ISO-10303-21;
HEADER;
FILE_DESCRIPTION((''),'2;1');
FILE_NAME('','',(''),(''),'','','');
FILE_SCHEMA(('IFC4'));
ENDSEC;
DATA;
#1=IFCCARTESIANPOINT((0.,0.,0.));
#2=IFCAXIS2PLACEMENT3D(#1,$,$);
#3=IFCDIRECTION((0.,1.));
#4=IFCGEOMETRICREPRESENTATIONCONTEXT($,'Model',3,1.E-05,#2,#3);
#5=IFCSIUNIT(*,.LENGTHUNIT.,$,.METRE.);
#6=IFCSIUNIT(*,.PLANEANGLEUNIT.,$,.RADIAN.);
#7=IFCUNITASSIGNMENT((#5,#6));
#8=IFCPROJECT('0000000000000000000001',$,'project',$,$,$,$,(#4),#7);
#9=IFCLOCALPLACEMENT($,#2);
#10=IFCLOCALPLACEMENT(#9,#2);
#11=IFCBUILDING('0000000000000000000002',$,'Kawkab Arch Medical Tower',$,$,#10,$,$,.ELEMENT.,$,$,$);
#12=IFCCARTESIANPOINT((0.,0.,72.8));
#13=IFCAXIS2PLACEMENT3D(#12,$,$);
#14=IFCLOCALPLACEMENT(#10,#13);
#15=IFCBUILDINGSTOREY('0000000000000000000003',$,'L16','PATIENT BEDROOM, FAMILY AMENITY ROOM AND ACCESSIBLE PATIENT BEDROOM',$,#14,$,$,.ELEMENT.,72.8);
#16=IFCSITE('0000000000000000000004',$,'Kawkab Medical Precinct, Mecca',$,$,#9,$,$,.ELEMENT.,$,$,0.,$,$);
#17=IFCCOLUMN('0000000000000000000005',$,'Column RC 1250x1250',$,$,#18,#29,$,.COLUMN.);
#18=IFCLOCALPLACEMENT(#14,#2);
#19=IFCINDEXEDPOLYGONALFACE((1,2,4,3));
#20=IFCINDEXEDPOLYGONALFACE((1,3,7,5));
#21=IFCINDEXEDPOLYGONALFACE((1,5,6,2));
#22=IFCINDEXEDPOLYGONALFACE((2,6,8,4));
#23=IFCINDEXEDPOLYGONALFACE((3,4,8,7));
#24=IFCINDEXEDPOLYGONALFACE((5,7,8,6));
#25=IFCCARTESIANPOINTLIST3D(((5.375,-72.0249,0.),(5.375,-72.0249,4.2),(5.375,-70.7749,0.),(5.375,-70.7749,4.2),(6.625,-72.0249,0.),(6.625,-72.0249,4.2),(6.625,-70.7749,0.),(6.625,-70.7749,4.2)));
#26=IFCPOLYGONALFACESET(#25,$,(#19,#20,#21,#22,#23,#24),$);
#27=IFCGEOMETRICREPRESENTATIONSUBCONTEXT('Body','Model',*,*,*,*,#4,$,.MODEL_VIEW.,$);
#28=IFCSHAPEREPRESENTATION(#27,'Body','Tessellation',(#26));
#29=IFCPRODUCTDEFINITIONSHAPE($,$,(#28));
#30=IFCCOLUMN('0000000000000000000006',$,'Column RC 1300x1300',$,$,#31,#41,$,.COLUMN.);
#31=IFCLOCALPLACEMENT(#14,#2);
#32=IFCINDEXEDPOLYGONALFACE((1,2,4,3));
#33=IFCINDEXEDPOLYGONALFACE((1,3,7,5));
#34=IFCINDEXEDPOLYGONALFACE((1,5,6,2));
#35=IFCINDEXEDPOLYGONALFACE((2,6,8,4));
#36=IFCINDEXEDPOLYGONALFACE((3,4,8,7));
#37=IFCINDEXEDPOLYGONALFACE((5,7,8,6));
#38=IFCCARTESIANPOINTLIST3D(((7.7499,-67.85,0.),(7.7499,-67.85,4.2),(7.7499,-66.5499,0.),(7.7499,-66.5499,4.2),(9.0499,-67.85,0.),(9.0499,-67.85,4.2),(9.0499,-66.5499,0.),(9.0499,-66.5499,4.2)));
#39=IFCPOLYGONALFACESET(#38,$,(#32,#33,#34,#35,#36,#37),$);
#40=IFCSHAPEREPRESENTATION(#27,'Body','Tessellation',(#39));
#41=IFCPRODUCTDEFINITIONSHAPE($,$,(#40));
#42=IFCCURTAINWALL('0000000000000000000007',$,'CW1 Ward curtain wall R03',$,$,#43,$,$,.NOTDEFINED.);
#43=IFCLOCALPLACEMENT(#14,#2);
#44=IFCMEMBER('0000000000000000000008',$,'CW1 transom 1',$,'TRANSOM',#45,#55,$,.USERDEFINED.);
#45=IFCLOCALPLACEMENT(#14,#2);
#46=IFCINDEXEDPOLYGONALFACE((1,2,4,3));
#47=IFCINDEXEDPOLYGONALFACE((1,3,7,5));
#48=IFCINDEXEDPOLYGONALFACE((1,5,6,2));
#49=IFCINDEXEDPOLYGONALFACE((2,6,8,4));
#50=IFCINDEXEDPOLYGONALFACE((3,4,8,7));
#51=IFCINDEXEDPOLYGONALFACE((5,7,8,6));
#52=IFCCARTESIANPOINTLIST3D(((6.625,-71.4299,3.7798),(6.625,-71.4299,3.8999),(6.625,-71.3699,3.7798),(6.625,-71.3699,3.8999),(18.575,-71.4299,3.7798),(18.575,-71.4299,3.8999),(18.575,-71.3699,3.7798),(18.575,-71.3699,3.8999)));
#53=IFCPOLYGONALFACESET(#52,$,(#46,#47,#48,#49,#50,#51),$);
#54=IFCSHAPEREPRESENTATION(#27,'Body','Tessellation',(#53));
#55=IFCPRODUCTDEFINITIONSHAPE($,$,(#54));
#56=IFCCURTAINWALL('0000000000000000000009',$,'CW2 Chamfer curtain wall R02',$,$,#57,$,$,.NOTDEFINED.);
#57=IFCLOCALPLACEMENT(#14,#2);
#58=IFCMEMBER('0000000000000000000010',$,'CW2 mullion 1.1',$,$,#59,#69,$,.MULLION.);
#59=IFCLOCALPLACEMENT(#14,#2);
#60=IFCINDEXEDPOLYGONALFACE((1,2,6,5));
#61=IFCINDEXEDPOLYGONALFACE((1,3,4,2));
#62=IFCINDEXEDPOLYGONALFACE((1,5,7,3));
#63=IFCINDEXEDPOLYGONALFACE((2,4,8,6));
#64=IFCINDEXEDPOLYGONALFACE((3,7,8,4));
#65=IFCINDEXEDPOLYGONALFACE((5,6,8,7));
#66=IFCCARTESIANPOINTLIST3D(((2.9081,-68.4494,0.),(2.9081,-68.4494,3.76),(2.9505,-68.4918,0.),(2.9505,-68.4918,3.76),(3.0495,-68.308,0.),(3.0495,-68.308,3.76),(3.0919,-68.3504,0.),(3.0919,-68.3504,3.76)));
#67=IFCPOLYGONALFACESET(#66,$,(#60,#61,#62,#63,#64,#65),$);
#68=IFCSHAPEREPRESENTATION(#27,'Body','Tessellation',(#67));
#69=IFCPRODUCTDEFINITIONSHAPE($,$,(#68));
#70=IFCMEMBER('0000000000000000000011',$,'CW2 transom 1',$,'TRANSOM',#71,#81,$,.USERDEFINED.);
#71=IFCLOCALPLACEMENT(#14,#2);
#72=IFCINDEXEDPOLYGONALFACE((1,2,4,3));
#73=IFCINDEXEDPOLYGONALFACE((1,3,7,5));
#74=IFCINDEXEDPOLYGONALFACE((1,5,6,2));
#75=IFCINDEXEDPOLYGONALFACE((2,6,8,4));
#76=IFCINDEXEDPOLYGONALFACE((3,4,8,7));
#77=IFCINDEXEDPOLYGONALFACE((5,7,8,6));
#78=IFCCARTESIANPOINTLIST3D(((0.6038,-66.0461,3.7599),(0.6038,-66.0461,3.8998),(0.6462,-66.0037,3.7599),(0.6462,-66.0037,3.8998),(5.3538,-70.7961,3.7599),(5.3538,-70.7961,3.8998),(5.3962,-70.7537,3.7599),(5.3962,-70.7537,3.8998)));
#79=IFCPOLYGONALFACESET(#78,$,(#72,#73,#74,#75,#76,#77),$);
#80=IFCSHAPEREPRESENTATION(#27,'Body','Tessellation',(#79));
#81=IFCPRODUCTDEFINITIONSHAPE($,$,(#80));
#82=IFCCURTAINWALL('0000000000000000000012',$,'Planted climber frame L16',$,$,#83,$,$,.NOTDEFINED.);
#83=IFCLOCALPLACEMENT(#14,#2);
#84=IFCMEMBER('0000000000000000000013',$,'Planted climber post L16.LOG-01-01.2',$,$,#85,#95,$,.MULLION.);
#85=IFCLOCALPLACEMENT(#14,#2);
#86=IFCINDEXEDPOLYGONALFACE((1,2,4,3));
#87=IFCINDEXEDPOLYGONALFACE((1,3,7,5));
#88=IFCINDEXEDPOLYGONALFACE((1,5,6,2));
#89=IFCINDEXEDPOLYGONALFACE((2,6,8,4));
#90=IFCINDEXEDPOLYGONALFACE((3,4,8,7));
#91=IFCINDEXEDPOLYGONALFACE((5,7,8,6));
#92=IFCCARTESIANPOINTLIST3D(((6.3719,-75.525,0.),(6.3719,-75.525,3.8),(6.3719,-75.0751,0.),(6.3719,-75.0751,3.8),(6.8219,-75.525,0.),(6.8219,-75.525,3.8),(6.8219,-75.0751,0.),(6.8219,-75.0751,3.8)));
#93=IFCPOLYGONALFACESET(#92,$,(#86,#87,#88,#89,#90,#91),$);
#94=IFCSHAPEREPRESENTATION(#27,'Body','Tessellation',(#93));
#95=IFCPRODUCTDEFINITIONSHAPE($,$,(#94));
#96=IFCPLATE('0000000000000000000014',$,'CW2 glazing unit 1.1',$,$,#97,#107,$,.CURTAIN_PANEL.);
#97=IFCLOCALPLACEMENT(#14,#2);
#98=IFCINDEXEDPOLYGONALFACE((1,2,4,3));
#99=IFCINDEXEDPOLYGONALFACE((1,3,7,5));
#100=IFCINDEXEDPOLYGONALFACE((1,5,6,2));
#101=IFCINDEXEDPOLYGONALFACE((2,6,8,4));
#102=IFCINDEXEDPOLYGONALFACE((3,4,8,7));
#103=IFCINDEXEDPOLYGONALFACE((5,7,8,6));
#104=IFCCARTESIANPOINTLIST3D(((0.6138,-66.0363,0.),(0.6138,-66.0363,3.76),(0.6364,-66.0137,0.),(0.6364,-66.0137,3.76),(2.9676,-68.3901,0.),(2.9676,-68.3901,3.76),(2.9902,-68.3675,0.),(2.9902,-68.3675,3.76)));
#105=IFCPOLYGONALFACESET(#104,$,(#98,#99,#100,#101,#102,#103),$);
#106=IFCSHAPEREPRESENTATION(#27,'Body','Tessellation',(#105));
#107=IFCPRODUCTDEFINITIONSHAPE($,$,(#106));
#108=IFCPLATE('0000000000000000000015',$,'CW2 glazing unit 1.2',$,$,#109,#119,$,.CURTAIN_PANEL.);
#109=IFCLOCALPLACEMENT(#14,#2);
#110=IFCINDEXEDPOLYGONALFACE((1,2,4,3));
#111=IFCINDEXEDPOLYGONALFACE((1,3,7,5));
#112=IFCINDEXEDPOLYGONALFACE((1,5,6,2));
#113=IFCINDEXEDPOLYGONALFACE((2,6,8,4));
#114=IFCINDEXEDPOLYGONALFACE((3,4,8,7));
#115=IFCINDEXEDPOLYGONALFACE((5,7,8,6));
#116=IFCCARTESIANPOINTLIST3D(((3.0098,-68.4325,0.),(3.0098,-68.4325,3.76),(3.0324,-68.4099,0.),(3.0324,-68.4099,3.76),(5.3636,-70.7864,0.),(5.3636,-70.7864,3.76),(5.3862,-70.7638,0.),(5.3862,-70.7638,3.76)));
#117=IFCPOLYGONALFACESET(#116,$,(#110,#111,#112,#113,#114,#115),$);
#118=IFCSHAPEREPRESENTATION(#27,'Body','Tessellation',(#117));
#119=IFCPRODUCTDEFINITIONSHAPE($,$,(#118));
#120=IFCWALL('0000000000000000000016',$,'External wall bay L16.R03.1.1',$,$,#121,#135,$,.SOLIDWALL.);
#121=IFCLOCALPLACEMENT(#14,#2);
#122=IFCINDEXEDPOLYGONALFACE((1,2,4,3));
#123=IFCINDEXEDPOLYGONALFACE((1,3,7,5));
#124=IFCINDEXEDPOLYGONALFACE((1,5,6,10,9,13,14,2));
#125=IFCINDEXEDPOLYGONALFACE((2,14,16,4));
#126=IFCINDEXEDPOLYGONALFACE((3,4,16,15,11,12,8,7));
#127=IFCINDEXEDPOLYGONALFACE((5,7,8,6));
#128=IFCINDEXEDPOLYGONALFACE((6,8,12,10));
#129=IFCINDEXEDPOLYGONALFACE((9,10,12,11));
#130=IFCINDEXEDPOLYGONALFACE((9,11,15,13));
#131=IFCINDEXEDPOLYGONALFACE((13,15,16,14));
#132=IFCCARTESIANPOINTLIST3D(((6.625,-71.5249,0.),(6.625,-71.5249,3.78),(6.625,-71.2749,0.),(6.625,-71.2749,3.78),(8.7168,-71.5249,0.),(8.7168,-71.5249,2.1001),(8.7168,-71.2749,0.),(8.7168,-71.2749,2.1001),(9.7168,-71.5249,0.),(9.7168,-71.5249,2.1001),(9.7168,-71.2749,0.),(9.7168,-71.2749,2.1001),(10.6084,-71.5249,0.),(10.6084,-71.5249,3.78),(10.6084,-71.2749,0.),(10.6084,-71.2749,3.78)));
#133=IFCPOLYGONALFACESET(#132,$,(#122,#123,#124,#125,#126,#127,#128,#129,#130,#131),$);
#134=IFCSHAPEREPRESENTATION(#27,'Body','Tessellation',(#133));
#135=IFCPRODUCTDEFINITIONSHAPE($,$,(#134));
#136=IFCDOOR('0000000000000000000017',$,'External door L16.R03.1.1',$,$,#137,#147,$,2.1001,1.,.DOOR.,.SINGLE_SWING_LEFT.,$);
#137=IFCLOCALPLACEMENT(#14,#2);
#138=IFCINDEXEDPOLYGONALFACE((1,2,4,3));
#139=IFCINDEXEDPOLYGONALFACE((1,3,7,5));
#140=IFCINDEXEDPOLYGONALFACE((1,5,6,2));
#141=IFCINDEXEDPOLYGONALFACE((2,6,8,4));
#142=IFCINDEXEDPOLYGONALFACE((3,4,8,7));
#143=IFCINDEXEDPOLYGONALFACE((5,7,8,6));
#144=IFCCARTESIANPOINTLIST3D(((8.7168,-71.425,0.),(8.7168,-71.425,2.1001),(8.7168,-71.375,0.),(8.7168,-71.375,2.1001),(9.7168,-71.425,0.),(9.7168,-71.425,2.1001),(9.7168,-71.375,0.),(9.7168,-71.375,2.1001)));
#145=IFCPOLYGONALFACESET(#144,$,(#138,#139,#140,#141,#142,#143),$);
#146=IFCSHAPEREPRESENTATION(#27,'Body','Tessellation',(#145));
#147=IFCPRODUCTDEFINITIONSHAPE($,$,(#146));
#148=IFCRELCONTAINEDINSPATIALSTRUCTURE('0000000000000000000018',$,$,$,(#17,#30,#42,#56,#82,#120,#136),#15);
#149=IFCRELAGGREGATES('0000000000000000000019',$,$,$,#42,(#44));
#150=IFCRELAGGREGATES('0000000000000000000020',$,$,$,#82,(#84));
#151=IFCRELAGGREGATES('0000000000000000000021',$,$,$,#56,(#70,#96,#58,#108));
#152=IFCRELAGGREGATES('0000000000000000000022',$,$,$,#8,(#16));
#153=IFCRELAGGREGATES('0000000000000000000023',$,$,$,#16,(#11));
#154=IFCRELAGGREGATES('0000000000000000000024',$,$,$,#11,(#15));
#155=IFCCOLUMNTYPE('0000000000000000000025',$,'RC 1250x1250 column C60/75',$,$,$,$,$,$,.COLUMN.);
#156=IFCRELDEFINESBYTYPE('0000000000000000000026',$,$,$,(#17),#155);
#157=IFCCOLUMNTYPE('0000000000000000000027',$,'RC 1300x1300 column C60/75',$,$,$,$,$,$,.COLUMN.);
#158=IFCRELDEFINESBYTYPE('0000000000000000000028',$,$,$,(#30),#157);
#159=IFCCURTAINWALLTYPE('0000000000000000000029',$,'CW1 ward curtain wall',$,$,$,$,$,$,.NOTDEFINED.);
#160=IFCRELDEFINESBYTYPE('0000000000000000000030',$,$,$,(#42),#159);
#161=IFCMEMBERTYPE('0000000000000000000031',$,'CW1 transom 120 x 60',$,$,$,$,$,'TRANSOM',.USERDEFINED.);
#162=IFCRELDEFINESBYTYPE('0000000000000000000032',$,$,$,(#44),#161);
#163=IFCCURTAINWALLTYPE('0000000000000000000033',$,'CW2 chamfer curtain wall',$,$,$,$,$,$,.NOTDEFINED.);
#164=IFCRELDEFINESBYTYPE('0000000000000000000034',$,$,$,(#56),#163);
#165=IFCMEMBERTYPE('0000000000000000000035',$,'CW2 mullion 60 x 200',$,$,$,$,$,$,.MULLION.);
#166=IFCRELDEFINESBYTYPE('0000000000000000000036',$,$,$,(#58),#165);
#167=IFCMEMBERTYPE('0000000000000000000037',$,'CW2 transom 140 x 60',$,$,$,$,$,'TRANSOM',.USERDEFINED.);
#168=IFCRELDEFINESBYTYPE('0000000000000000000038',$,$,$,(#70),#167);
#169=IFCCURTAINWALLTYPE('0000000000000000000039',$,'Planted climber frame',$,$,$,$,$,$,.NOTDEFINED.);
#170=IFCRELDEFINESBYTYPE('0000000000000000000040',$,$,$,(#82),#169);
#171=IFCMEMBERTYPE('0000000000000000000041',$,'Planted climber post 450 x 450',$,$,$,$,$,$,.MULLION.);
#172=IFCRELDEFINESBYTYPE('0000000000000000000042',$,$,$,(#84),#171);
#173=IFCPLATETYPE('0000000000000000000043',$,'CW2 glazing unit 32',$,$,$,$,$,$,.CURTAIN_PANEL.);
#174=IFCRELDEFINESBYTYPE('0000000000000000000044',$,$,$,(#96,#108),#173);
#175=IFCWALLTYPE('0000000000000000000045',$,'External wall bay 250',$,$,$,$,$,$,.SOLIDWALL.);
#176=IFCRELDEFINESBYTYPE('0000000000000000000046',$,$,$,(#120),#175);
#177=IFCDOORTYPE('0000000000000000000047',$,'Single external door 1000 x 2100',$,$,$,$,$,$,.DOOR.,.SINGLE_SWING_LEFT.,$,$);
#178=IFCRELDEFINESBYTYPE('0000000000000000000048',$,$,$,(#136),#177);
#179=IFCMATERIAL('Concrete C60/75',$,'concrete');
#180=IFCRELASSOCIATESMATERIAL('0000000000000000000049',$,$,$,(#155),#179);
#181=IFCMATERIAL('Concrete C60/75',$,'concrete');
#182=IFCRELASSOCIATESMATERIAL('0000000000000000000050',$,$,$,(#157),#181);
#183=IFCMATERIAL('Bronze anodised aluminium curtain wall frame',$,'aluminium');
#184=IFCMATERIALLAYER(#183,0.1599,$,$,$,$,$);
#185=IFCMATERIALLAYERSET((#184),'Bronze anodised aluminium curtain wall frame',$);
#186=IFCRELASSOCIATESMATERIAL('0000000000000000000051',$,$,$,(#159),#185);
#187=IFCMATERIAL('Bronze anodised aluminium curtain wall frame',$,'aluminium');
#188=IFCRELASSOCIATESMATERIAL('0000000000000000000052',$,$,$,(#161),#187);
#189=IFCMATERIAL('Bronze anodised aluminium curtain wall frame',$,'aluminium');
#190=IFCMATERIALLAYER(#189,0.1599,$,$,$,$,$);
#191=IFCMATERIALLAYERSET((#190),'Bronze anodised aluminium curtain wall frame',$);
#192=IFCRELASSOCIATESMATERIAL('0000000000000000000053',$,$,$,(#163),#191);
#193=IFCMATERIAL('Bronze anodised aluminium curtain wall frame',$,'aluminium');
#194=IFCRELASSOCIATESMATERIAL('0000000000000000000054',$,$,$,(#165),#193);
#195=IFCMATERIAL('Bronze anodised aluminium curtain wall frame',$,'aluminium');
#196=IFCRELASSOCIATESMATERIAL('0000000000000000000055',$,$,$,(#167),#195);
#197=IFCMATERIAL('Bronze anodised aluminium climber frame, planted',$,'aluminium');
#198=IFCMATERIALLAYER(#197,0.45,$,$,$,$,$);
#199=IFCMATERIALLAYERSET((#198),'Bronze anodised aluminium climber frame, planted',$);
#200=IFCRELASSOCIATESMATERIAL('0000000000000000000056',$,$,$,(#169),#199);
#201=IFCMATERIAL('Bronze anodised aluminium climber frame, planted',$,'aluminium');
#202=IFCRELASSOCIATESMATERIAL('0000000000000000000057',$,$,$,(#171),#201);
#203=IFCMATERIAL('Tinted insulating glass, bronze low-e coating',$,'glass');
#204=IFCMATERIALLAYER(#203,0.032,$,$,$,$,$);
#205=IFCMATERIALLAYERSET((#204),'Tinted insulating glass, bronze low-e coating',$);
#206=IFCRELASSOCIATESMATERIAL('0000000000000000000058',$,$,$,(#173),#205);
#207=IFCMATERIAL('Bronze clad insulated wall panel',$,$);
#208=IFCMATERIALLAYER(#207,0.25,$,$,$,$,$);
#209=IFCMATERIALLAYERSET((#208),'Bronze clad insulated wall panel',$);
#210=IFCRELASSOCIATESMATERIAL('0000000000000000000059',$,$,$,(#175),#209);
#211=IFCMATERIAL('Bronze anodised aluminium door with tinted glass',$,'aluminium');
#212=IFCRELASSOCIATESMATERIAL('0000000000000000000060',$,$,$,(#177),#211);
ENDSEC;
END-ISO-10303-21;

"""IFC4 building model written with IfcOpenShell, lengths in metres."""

from ifc_helpers import new_model, si_unit, direction, frame, frame_2d, origin, origin_2d, place, context, subcontext, project, spatial, rectangle, extrude, material, layer, layer_set, material_profile, profile_set, type_object, element, fill, aggregate, save


model = new_model("IFC4")

# Units and contexts
model_context = context("Model", 3, precision=1e-05, world=origin(), true_north=direction((0.0, 1.0)))
body_context = subcontext(model_context, "Body", "Model", "MODEL_VIEW")
ifc_project = project(units=[si_unit("LENGTHUNIT", "METRE"), si_unit("PLANEANGLEUNIT", "RADIAN")], contexts=[model_context])

# Site, building, storey
site_placement = place(None, origin())
site = spatial("IfcSite", under=ifc_project, at=site_placement, Name="Kawkab Medical Precinct, Mecca", CompositionType="ELEMENT", RefElevation=0.0)
building_placement = place(site_placement, origin())
building = spatial("IfcBuilding", under=site, at=building_placement, Name="Kawkab Arch Medical Tower", CompositionType="ELEMENT")
storey_placement = place(building_placement, frame((0.0, 0.0, 72.8)))
storey = spatial("IfcBuildingStorey", under=building, at=storey_placement, Name="L16", Description="PATIENT BEDROOM, FAMILY AMENITY ROOM AND ACCESSIBLE PATIENT BEDROOM", CompositionType="ELEMENT", Elevation=72.8)

# Columns
ifc_material_1 = material(Name="Concrete C60/75", Category="concrete")
ifc_material_profile_1 = material_profile(ifc_material_1, rectangle(XDim=1.25, YDim=1.25, at=origin_2d()), Name="RC 1250x1250")
ifc_profile_set_1 = profile_set([ifc_material_profile_1], Name="Concrete C60/75")
column_type_1 = type_object("IfcColumnType", Name="RC 1250x1250 column C60/75", PredefinedType="COLUMN", material=ifc_profile_set_1)
column_1_placement = place(storey_placement, frame((6.0, -71.3999, 0.0), z_axis=(0.0, 0.0, 1.0), x_axis=(1.0, 0.0, 0.0)))
element("IfcColumn", 1, at=column_1_placement, inside=storey, type_object=column_type_1, Name="Column RC 1250x1250", PredefinedType="COLUMN", context=body_context, shape_type="SweptSolid", body=[
    extrude(rectangle(XDim=1.25, YDim=1.25, at=origin_2d()), origin(), (0.0, 0.0, 1.0), 4.2),
])
ifc_material_2 = material(Name="Concrete C60/75", Category="concrete")
ifc_material_profile_2 = material_profile(ifc_material_2, rectangle(XDim=1.3, YDim=1.3, at=origin_2d()), Name="RC 1300x1300")
ifc_profile_set_2 = profile_set([ifc_material_profile_2], Name="Concrete C60/75")
column_type_2 = type_object("IfcColumnType", Name="RC 1300x1300 column C60/75", PredefinedType="COLUMN", material=ifc_profile_set_2)
column_2_placement = place(storey_placement, frame((8.3999, -67.2, 0.0), z_axis=(0.0, 0.0, 1.0), x_axis=(1.0, 0.0, 0.0)))
element("IfcColumn", 2, at=column_2_placement, inside=storey, type_object=column_type_2, Name="Column RC 1300x1300", PredefinedType="COLUMN", context=body_context, shape_type="SweptSolid", body=[
    extrude(rectangle(XDim=1.3, YDim=1.3, at=origin_2d()), origin(), (0.0, 0.0, 1.0), 4.2),
])

# Curtain wall, member
ifc_material_3 = material(Name="Bronze anodised aluminium curtain wall frame", Category="aluminium")
ifc_layer_1 = layer(ifc_material_3, 0.1599)
ifc_layer_set_1 = layer_set([ifc_layer_1], Name="Bronze anodised aluminium curtain wall frame")
curtain_wall_type_1 = type_object("IfcCurtainWallType", Name="CW1 ward curtain wall", PredefinedType="NOTDEFINED", material=ifc_layer_set_1)
placement = place(storey_placement, origin())
curtain_wall_1 = element("IfcCurtainWall", 3, at=placement, inside=storey, type_object=curtain_wall_type_1, Name="CW1 Ward curtain wall R03", PredefinedType="NOTDEFINED")
ifc_material_4 = material(Name="Bronze anodised aluminium curtain wall frame", Category="aluminium")
ifc_material_profile_3 = material_profile(ifc_material_4, rectangle(XDim=0.0601, YDim=0.1201, at=origin_2d()), Name="AL 60x120")
ifc_profile_set_3 = profile_set([ifc_material_profile_3], Name="Bronze anodised aluminium curtain wall frame")
member_type_1 = type_object("IfcMemberType", Name="CW1 transom 120 x 60", ElementType="TRANSOM", PredefinedType="USERDEFINED", material=ifc_profile_set_3)
member_1_placement = place(storey_placement, frame((6.625, -71.3999, 3.8398), z_axis=(1.0, 0.0, 0.0), x_axis=(0.0, 1.0, 0.0)))
member_1 = element("IfcMember", 4, at=member_1_placement, type_object=member_type_1, Name="CW1 transom 1", ObjectType="TRANSOM", PredefinedType="USERDEFINED", context=body_context, shape_type="SweptSolid", body=[
    extrude(rectangle(XDim=0.0601, YDim=0.1201, at=origin_2d()), origin(), (0.0, 0.0, 1.0), 11.95),
])
aggregate(curtain_wall_1, [member_1])

# Curtain wall, members
ifc_material_5 = material(Name="Bronze anodised aluminium curtain wall frame", Category="aluminium")
ifc_layer_2 = layer(ifc_material_5, 0.1599)
ifc_layer_set_2 = layer_set([ifc_layer_2], Name="Bronze anodised aluminium curtain wall frame")
curtain_wall_type_2 = type_object("IfcCurtainWallType", Name="CW2 chamfer curtain wall", PredefinedType="NOTDEFINED", material=ifc_layer_set_2)
curtain_wall_2 = element("IfcCurtainWall", 5, at=placement, inside=storey, type_object=curtain_wall_type_2, Name="CW2 Chamfer curtain wall R02", PredefinedType="NOTDEFINED")
ifc_material_6 = material(Name="Bronze anodised aluminium curtain wall frame", Category="aluminium")
ifc_material_profile_4 = material_profile(ifc_material_6, rectangle(XDim=0.2, YDim=0.0601, at=origin_2d()), Name="AL 60x200")
ifc_profile_set_4 = profile_set([ifc_material_profile_4], Name="Bronze anodised aluminium curtain wall frame")
member_type_2 = type_object("IfcMemberType", Name="CW2 mullion 60 x 200", PredefinedType="MULLION", material=ifc_profile_set_4)
member_2_placement = place(storey_placement, frame((3.0, -68.3999, 0.0), z_axis=(0.0, 0.0, 1.0), x_axis=(0.707107, 0.707107, 0.0)))
member_2 = element("IfcMember", 6, at=member_2_placement, type_object=member_type_2, Name="CW2 mullion 1.1", PredefinedType="MULLION", context=body_context, shape_type="SweptSolid", body=[
    extrude(rectangle(XDim=0.2, YDim=0.0601, at=origin_2d()), origin(), (0.0, 0.0, 1.0), 3.76),
])
ifc_material_7 = material(Name="Bronze anodised aluminium curtain wall frame", Category="aluminium")
ifc_material_profile_5 = material_profile(ifc_material_7, rectangle(XDim=0.0601, YDim=0.1399, at=origin_2d()), Name="AL 60x140")
ifc_profile_set_5 = profile_set([ifc_material_profile_5], Name="Bronze anodised aluminium curtain wall frame")
member_type_3 = type_object("IfcMemberType", Name="CW2 transom 140 x 60", ElementType="TRANSOM", PredefinedType="USERDEFINED", material=ifc_profile_set_5)
member_3_placement = place(storey_placement, frame((0.625, -66.0249, 3.8298), z_axis=(0.707107, -0.707107, 0.0), x_axis=(0.707107, 0.707107, 0.0)))
member_3 = element("IfcMember", 7, at=member_3_placement, type_object=member_type_3, Name="CW2 transom 1", ObjectType="TRANSOM", PredefinedType="USERDEFINED", context=body_context, shape_type="SweptSolid", body=[
    extrude(rectangle(XDim=0.0601, YDim=0.1399, at=origin_2d()), origin(), (0.0, 0.0, 1.0), 6.7175),
])

# Curtain wall, member
ifc_material_8 = material(Name="Bronze anodised aluminium climber frame, planted", Category="aluminium")
ifc_layer_3 = layer(ifc_material_8, 0.45)
ifc_layer_set_3 = layer_set([ifc_layer_3], Name="Bronze anodised aluminium climber frame, planted")
curtain_wall_type_3 = type_object("IfcCurtainWallType", Name="Planted climber frame", PredefinedType="NOTDEFINED", material=ifc_layer_set_3)
curtain_wall_3 = element("IfcCurtainWall", 8, at=placement, inside=storey, type_object=curtain_wall_type_3, Name="Planted climber frame L16", PredefinedType="NOTDEFINED")
ifc_material_9 = material(Name="Bronze anodised aluminium climber frame, planted", Category="aluminium")
ifc_material_profile_6 = material_profile(ifc_material_9, rectangle(XDim=0.45, YDim=0.45, at=origin_2d()), Name="Post 450x450")
ifc_profile_set_6 = profile_set([ifc_material_profile_6], Name="Bronze anodised aluminium climber frame, planted")
member_type_4 = type_object("IfcMemberType", Name="Planted climber post 450 x 450", PredefinedType="MULLION", material=ifc_profile_set_6)
member_4_placement = place(storey_placement, frame((6.5969, -75.3, 0.0), z_axis=(0.0, 0.0, 1.0), x_axis=(1.0, 0.0, 0.0)))
member_4 = element("IfcMember", 9, at=member_4_placement, type_object=member_type_4, Name="Planted climber post L16.LOG-01-01.2", PredefinedType="MULLION", context=body_context, shape_type="SweptSolid", body=[
    extrude(rectangle(XDim=0.45, YDim=0.45, at=origin_2d()), origin(), (0.0, 0.0, 1.0), 3.8),
])
aggregate(curtain_wall_3, [member_4])

# Plates
ifc_material_10 = material(Name="Tinted insulating glass, bronze low-e coating", Category="glass")
ifc_layer_4 = layer(ifc_material_10, 0.032)
ifc_layer_set_4 = layer_set([ifc_layer_4], Name="Tinted insulating glass, bronze low-e coating")
plate_type = type_object("IfcPlateType", Name="CW2 glazing unit 32", PredefinedType="CURTAIN_PANEL", material=ifc_layer_set_4)
plate_1_placement = place(storey_placement, frame((1.802, -67.2019, 0.0), z_axis=(0.0, 0.0, 1.0), x_axis=(0.707107, -0.707107, 0.0)))
plate_1 = element("IfcPlate", 10, at=plate_1_placement, type_object=plate_type, Name="CW2 glazing unit 1.1", PredefinedType="CURTAIN_PANEL", context=body_context, shape_type="SweptSolid", body=[
    extrude(rectangle(XDim=3.3289, YDim=0.032, at=origin_2d()), origin(), (0.0, 0.0, 1.0), 3.76),
])
plate_2_placement = place(storey_placement, frame((4.198, -69.5981, 0.0), z_axis=(0.0, 0.0, 1.0), x_axis=(0.707107, -0.707107, 0.0)))
plate_2 = element("IfcPlate", 11, at=plate_2_placement, type_object=plate_type, Name="CW2 glazing unit 1.2", PredefinedType="CURTAIN_PANEL", context=body_context, shape_type="SweptSolid", body=[
    extrude(rectangle(XDim=3.3289, YDim=0.032, at=origin_2d()), origin(), (0.0, 0.0, 1.0), 3.76),
])
aggregate(curtain_wall_2, [member_3, plate_1, member_2, plate_2])

# Wall, opening, door
ifc_material_11 = material(Name="Bronze clad insulated wall panel")
ifc_layer_5 = layer(ifc_material_11, 0.25)
ifc_layer_set_5 = layer_set([ifc_layer_5], Name="Bronze clad insulated wall panel")
wall_type_1 = type_object("IfcWallType", Name="External wall bay 250", PredefinedType="SOLIDWALL", material=ifc_layer_set_5)
wall_1_placement = place(storey_placement, frame((6.625, -71.3999, 0.0), z_axis=(0.0, 0.0, 1.0), x_axis=(1.0, 0.0, 0.0)))
wall_1 = element("IfcWall", 12, at=wall_1_placement, inside=storey, type_object=wall_type_1, Name="External wall bay L16.R03.1.1", PredefinedType="SOLIDWALL", context=body_context, shape_type="SweptSolid", body=[
    extrude(rectangle(XDim=3.9834, YDim=0.25, at=frame_2d((1.9917, 0.0))), origin(), (0.0, 0.0, 1.0), 3.78),
])
opening_1_placement = place(wall_1_placement, frame((2.0918, 0.0, 0.0)))
opening_1 = element("IfcOpeningElement", 13, at=opening_1_placement, cuts=wall_1, PredefinedType="OPENING", context=body_context, shape_type="SweptSolid", body=[
    extrude(rectangle(XDim=1.0, YDim=2.1001, at=frame_2d((0.5, 1.05))), frame((0.0, 0.135, 0.0), z_axis=(0.0, -1.0, 0.0), x_axis=(1.0, 0.0, 0.0)), (0.0, 0.0, 1.0), 0.27),
])
ifc_material_12 = material(Name="Bronze anodised aluminium door with tinted glass", Category="aluminium")
door_type_1 = type_object("IfcDoorType", Name="Single external door 1000 x 2100", OperationType="SINGLE_SWING_LEFT", PredefinedType="DOOR", material=ifc_material_12)
door_1_placement = place(opening_1_placement, origin())
door_1 = element("IfcDoor", 14, at=door_1_placement, inside=storey, type_object=door_type_1, Name="External door L16.R03.1.1", OperationType="SINGLE_SWING_LEFT", OverallHeight=2.1001, OverallWidth=1.0, PredefinedType="DOOR", context=body_context, shape_type="SweptSolid", body=[
    extrude(rectangle(XDim=1.0, YDim=2.1001, at=frame_2d((0.5, 1.05))), frame((0.0, 0.0249, 0.0), z_axis=(0.0, -1.0, 0.0), x_axis=(1.0, 0.0, 0.0)), (0.0, 0.0, 1.0), 0.05),
])
fill(opening_1, door_1)

save(model, "model.ifc")
